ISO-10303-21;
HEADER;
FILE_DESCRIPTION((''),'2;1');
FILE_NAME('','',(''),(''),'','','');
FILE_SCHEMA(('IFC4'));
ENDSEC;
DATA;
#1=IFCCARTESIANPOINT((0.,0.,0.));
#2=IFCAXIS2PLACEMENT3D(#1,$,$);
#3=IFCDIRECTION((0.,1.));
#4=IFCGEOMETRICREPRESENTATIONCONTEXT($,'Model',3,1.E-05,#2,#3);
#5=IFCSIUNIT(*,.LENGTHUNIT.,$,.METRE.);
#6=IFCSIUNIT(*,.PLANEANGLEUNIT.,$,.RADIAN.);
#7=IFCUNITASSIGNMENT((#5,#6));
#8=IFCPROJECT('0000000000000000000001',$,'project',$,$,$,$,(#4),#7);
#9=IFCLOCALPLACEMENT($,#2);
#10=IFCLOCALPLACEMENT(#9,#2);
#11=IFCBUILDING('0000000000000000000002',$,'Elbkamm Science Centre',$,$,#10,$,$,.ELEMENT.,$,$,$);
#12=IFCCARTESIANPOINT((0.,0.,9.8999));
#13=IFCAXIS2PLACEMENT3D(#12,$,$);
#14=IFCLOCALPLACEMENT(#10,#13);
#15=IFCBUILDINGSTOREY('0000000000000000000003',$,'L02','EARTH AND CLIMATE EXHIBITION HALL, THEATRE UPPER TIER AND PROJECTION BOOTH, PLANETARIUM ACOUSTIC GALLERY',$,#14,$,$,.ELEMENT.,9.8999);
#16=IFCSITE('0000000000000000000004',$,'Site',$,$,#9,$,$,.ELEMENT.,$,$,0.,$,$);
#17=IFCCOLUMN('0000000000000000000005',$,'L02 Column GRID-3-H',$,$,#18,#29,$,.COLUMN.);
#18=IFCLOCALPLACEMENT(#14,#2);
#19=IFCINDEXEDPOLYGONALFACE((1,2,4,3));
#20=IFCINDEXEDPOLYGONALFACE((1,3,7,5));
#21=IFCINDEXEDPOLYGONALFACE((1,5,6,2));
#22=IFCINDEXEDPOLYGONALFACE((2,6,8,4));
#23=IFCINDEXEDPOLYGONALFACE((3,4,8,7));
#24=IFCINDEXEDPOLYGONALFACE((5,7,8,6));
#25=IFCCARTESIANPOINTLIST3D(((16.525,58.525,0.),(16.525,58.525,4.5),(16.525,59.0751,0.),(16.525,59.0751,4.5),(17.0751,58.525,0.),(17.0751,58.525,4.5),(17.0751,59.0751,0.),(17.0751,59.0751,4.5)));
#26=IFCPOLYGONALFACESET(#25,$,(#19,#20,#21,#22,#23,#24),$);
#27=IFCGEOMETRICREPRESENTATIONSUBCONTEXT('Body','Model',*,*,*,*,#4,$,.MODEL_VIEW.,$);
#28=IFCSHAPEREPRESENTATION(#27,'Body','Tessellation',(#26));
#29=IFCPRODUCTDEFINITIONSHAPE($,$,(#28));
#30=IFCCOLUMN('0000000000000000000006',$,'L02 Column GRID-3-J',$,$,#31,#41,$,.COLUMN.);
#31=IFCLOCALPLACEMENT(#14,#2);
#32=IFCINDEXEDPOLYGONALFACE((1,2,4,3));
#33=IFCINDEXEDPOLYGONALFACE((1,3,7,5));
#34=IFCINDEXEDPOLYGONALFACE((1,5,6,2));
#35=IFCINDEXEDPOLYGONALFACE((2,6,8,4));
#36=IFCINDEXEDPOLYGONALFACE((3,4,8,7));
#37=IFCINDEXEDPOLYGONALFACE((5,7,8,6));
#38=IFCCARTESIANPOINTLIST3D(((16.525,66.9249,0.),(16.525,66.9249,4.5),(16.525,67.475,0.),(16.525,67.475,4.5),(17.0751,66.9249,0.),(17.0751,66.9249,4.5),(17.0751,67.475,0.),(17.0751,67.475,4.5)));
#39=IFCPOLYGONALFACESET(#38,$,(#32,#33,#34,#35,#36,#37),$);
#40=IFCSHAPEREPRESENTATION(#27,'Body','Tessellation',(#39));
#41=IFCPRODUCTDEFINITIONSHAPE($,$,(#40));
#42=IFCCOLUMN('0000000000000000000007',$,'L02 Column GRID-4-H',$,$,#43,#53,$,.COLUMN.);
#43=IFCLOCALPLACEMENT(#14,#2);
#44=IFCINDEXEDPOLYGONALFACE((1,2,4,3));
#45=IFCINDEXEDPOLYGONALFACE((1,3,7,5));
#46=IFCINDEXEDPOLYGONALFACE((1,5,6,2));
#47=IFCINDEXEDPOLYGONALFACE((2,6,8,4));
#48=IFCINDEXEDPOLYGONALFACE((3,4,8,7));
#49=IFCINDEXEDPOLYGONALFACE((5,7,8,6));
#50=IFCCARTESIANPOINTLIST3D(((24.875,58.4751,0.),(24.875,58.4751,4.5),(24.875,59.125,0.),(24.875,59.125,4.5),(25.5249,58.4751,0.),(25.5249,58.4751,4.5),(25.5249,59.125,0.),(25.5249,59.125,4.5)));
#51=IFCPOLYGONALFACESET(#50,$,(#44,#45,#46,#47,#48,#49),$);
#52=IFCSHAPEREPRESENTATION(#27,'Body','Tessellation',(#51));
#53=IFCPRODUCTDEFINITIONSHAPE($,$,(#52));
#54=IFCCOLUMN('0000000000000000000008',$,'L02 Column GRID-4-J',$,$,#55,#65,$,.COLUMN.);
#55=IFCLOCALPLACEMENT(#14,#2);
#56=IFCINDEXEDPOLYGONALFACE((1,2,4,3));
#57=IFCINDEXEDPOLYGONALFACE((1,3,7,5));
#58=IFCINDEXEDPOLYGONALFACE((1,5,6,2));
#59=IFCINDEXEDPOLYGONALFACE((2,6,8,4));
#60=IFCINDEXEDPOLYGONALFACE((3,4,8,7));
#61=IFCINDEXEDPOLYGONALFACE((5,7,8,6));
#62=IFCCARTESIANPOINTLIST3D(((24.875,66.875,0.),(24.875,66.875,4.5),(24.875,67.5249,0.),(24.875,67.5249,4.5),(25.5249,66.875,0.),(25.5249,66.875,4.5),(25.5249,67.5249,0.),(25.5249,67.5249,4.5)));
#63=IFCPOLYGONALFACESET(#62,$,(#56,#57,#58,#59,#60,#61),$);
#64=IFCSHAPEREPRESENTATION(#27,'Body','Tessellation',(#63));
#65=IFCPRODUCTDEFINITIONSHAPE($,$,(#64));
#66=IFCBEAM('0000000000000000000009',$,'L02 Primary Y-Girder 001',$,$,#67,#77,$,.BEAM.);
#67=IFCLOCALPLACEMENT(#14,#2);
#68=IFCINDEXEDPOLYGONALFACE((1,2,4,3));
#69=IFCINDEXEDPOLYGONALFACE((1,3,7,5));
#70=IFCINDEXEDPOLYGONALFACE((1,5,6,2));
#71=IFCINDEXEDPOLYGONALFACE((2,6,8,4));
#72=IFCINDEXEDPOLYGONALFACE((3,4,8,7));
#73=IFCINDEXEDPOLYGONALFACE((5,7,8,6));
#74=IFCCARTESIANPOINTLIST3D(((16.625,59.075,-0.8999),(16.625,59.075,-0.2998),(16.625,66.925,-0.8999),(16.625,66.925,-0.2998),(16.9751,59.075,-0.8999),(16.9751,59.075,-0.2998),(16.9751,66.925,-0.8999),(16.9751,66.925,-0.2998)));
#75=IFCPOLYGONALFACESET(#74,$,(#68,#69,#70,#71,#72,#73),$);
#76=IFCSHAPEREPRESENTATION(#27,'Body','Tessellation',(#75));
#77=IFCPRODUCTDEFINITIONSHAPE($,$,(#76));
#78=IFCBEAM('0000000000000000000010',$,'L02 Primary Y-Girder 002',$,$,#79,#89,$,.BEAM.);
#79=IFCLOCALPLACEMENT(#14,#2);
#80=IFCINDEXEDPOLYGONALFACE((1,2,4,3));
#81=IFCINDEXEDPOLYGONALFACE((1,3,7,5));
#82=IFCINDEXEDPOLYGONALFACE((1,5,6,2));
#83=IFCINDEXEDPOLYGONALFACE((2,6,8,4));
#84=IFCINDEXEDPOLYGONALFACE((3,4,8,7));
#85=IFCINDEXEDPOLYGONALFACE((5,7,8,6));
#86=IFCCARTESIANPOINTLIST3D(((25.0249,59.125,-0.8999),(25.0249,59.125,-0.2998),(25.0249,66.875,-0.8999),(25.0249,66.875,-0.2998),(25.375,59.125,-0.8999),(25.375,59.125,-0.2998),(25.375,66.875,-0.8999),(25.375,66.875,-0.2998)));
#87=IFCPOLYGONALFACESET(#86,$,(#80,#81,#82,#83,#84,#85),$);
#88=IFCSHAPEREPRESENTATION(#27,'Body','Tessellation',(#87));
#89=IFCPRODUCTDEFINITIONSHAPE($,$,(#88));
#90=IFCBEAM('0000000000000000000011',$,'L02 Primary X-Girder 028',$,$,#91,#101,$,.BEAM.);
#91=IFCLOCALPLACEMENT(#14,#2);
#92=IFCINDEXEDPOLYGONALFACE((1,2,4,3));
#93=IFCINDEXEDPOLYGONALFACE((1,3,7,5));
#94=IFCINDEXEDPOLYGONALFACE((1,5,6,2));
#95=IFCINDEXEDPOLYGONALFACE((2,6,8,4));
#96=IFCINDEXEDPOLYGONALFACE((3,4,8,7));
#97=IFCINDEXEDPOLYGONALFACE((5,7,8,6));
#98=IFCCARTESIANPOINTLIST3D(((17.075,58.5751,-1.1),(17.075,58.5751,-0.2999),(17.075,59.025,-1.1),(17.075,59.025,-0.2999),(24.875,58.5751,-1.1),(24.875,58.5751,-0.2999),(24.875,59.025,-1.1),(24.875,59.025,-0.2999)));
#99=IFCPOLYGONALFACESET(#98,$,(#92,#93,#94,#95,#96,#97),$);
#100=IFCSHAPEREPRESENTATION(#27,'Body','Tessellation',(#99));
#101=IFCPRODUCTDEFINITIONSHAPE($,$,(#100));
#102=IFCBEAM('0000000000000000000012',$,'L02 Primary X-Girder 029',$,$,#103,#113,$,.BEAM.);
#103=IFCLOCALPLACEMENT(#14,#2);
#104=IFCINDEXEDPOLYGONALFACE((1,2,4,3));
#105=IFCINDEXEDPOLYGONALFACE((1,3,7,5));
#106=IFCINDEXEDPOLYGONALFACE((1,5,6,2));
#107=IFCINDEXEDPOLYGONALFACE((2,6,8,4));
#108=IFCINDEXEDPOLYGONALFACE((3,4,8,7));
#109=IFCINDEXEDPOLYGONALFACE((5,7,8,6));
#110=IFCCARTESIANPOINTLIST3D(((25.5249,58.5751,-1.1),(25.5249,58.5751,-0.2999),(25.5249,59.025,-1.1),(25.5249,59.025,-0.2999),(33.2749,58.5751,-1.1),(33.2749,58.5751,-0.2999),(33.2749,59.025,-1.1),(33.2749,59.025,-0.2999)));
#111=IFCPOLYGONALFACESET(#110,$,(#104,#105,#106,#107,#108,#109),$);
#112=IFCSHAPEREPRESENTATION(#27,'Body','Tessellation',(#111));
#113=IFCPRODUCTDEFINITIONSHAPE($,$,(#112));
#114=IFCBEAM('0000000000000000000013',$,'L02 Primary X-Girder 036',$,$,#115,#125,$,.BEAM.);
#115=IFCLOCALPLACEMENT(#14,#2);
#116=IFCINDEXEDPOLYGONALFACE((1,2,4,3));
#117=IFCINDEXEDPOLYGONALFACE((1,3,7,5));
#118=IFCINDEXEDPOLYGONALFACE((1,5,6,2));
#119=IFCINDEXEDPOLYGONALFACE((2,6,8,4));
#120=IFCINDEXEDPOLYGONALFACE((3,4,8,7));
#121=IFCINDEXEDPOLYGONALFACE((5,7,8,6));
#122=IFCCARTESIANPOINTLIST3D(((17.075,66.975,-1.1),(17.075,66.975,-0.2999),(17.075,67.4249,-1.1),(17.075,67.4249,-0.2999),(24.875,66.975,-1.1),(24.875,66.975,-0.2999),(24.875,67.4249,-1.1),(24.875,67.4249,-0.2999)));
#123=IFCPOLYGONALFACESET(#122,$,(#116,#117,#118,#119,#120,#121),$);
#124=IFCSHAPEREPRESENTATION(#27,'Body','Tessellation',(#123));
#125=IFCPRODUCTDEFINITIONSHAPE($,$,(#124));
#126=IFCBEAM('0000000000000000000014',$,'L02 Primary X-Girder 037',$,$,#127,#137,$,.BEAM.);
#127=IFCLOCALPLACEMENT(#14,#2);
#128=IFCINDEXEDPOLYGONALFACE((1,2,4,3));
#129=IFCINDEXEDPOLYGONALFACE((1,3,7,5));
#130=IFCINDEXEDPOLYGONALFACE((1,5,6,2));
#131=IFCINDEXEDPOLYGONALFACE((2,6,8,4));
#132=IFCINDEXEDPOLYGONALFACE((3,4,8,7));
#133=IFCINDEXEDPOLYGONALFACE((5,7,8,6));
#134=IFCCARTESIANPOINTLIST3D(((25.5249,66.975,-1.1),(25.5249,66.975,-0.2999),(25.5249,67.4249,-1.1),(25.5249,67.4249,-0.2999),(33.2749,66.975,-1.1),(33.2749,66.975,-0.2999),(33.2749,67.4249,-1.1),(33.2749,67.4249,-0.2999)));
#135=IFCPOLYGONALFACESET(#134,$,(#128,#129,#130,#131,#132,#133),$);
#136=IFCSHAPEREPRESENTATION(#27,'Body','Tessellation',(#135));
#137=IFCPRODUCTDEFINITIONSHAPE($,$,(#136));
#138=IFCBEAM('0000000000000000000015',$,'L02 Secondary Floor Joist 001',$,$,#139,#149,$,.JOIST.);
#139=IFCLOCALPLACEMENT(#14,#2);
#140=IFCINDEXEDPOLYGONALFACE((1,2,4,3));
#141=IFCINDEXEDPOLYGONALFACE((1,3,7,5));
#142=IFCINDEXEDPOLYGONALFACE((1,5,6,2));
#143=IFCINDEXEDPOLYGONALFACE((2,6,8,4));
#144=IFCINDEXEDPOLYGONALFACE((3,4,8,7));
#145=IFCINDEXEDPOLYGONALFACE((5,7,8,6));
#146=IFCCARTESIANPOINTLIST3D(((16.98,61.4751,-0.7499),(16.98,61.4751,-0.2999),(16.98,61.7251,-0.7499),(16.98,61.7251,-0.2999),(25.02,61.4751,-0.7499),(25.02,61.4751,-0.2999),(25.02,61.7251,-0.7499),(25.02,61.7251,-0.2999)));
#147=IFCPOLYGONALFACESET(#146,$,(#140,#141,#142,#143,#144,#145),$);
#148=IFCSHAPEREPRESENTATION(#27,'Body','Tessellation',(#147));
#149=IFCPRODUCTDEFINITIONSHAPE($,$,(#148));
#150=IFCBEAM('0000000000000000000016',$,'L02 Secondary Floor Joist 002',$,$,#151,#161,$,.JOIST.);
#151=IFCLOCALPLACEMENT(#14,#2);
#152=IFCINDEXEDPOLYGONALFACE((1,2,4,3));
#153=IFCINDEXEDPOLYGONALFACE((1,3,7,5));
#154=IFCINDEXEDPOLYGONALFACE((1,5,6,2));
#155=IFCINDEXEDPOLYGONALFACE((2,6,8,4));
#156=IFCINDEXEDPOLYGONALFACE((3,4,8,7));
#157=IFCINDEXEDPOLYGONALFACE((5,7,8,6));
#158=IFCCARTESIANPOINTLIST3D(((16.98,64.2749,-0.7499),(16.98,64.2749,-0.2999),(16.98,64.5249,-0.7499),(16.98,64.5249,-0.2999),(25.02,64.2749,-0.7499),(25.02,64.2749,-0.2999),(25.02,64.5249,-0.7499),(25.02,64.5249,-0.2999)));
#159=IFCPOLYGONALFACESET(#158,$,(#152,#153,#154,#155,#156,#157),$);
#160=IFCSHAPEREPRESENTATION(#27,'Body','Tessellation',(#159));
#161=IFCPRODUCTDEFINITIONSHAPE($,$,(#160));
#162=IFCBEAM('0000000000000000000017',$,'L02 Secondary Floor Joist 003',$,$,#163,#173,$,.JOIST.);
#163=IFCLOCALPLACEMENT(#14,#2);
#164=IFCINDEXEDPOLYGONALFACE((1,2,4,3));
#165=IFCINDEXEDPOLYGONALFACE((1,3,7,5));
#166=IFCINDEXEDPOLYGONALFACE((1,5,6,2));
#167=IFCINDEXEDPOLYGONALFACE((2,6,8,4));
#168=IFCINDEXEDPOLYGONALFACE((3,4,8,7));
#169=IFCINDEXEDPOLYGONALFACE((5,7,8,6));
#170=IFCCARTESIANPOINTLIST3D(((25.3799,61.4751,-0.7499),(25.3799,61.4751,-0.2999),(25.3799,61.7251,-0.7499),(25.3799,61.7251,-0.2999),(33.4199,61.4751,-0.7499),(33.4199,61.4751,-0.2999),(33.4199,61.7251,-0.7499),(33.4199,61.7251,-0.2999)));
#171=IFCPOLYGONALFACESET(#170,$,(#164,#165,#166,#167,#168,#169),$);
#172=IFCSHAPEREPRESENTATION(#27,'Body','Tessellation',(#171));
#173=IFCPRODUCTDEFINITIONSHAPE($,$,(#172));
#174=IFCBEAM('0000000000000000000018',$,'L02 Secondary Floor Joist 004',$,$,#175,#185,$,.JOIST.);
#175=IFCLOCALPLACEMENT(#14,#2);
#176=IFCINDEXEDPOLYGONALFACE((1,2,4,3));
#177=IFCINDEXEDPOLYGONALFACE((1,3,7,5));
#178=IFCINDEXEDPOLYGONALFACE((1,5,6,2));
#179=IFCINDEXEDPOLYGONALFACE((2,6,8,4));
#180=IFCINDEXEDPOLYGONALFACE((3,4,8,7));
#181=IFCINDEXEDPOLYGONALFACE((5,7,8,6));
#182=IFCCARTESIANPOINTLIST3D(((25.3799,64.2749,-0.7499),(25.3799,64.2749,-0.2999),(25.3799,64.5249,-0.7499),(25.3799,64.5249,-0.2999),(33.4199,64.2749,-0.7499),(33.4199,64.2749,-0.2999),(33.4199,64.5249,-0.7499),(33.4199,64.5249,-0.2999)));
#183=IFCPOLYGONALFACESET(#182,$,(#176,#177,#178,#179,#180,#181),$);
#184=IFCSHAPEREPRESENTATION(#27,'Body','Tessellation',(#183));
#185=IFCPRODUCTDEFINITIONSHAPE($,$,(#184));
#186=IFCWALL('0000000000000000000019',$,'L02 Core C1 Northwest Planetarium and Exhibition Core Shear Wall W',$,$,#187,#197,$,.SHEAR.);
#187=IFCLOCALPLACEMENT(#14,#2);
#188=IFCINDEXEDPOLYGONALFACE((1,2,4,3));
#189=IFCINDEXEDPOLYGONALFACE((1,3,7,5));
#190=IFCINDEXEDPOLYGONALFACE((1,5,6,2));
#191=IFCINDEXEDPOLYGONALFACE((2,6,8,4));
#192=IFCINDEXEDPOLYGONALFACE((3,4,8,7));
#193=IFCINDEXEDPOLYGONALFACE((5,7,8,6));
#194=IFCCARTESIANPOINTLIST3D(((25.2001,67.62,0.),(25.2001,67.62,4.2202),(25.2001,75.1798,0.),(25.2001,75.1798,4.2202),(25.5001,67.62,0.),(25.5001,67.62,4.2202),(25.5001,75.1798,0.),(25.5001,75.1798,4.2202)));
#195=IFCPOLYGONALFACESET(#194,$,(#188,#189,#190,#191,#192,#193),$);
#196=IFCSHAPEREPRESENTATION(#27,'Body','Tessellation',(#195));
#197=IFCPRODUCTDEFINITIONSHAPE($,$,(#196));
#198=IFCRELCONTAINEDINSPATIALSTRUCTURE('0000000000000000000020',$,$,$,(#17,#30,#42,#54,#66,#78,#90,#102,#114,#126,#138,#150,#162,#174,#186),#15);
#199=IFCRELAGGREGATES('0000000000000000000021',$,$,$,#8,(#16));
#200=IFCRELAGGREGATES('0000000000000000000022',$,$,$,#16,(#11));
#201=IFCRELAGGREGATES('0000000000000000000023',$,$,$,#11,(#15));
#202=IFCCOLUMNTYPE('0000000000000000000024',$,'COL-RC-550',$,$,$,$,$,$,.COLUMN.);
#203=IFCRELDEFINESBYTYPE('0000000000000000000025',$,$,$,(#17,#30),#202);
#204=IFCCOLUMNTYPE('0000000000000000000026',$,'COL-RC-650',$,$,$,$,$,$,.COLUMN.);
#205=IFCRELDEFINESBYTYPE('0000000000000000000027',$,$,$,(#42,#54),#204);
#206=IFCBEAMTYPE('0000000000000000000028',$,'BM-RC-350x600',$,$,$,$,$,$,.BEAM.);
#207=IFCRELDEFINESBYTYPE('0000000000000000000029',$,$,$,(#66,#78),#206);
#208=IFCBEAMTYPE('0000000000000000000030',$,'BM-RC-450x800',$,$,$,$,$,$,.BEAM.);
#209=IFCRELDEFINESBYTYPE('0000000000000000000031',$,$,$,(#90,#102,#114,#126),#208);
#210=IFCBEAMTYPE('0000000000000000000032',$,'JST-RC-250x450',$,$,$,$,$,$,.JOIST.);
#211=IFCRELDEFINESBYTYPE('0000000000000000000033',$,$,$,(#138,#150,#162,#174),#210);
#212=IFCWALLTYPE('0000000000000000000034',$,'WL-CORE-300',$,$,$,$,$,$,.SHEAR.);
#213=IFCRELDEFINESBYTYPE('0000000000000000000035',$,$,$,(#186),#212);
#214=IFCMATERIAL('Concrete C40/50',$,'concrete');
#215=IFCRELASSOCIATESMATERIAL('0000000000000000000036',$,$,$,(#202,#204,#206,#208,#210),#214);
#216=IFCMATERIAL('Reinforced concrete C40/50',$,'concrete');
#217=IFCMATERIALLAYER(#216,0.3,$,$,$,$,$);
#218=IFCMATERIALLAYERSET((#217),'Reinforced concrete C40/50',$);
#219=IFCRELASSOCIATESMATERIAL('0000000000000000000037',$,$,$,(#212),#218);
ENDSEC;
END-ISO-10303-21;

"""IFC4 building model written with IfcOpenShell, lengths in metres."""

from ifc_helpers import new_model, si_unit, direction, frame, frame_2d, origin, origin_2d, place, context, subcontext, project, spatial, rectangle, extrude, material, layer, layer_set, material_profile, profile_set, type_object, element, save


model = new_model("IFC4")

# Units and contexts
model_context = context("Model", 3, precision=1e-05, world=origin(), true_north=direction((0.0, 1.0)))
body_context = subcontext(model_context, "Body", "Model", "MODEL_VIEW")
ifc_project = project(units=[si_unit("LENGTHUNIT", "METRE"), si_unit("PLANEANGLEUNIT", "RADIAN")], contexts=[model_context])

# Site, building, storey
site_placement = place(None, origin())
site = spatial("IfcSite", under=ifc_project, at=site_placement, Name="Site", CompositionType="ELEMENT", RefElevation=0.0)
building_placement = place(site_placement, origin())
building = spatial("IfcBuilding", under=site, at=building_placement, Name="Elbkamm Science Centre", CompositionType="ELEMENT")
storey_placement = place(building_placement, frame((0.0, 0.0, 9.8999)))
storey = spatial("IfcBuildingStorey", under=building, at=storey_placement, Name="L02", Description="EARTH AND CLIMATE EXHIBITION HALL, THEATRE UPPER TIER AND PROJECTION BOOTH, PLANETARIUM ACOUSTIC GALLERY", CompositionType="ELEMENT", Elevation=9.8999)

# Columns
ifc_material_1 = material(Name="Concrete C40/50", Category="concrete")
ifc_material_profile_1 = material_profile(ifc_material_1, rectangle(XDim=0.55, YDim=0.55, at=origin_2d()), Name="RC 550x550")
ifc_profile_set_1 = profile_set([ifc_material_profile_1], Name="Concrete C40/50")
column_type_1 = type_object("IfcColumnType", Name="COL-RC-550", PredefinedType="COLUMN", material=ifc_profile_set_1)
for number, where, z_axis, x_axis, name in (
    (1, (16.8, 58.8, 0.0), (0.0, 0.0, 1.0), (1.0, 0.0, 0.0), "L02 Column GRID-3-H"),
    (2, (16.8, 67.2, 0.0), (0.0, 0.0, 1.0), (1.0, 0.0, 0.0), "L02 Column GRID-3-J"),
):
    element("IfcColumn", number, at=place(storey_placement, frame(where, z_axis=z_axis, x_axis=x_axis)), inside=storey, type_object=column_type_1, Name=name, PredefinedType="COLUMN", context=body_context, shape_type="SweptSolid", body=[
        extrude(rectangle(XDim=0.55, YDim=0.55, at=origin_2d()), origin(), (0.0, 0.0, 1.0), 4.5),
    ])
ifc_material_profile_2 = material_profile(ifc_material_1, rectangle(XDim=0.6499, YDim=0.6499, at=origin_2d()), Name="RC 650x650")
ifc_profile_set_2 = profile_set([ifc_material_profile_2], Name="Concrete C40/50")
column_type_2 = type_object("IfcColumnType", Name="COL-RC-650", PredefinedType="COLUMN", material=ifc_profile_set_2)
for number, where, z_axis, x_axis, name in (
    (3, (25.2, 58.8, 0.0), (0.0, 0.0, 1.0), (1.0, 0.0, 0.0), "L02 Column GRID-4-H"),
    (4, (25.2, 67.2, 0.0), (0.0, 0.0, 1.0), (1.0, 0.0, 0.0), "L02 Column GRID-4-J"),
):
    element("IfcColumn", number, at=place(storey_placement, frame(where, z_axis=z_axis, x_axis=x_axis)), inside=storey, type_object=column_type_2, Name=name, PredefinedType="COLUMN", context=body_context, shape_type="SweptSolid", body=[
        extrude(rectangle(XDim=0.6499, YDim=0.6499, at=origin_2d()), origin(), (0.0, 0.0, 1.0), 4.5),
    ])

# Beams
ifc_material_profile_3 = material_profile(ifc_material_1, rectangle(XDim=0.3501, YDim=0.6001, at=origin_2d()), Name="RC 350x600")
ifc_profile_set_3 = profile_set([ifc_material_profile_3], Name="Concrete C40/50")
beam_type_1 = type_object("IfcBeamType", Name="BM-RC-350x600", PredefinedType="BEAM", material=ifc_profile_set_3)
beam_1_placement = place(storey_placement, frame((16.8, 59.075, -0.5999), z_axis=(0.0, 1.0, 0.0), x_axis=(-1.0, 0.0, 0.0)))
element("IfcBeam", 5, at=beam_1_placement, inside=storey, type_object=beam_type_1, Name="L02 Primary Y-Girder 001", PredefinedType="BEAM", context=body_context, shape_type="SweptSolid", body=[
    extrude(rectangle(XDim=0.3501, YDim=0.6001, at=origin_2d()), origin(), (0.0, 0.0, 1.0), 7.8501),
])
beam_2_placement = place(storey_placement, frame((25.2, 59.125, -0.5999), z_axis=(0.0, 1.0, 0.0), x_axis=(-1.0, 0.0, 0.0)))
element("IfcBeam", 6, at=beam_2_placement, inside=storey, type_object=beam_type_1, Name="L02 Primary Y-Girder 002", PredefinedType="BEAM", context=body_context, shape_type="SweptSolid", body=[
    extrude(rectangle(XDim=0.3501, YDim=0.6001, at=origin_2d()), origin(), (0.0, 0.0, 1.0), 7.75),
])
ifc_material_profile_4 = material_profile(ifc_material_1, rectangle(XDim=0.45, YDim=0.8, at=origin_2d()), Name="RC 450x800")
ifc_profile_set_4 = profile_set([ifc_material_profile_4], Name="Concrete C40/50")
beam_type_2 = type_object("IfcBeamType", Name="BM-RC-450x800", PredefinedType="BEAM", material=ifc_profile_set_4)
beam_3_placement = place(storey_placement, frame((17.075, 58.8, -0.7), z_axis=(1.0, 0.0, 0.0), x_axis=(0.0, 1.0, 0.0)))
element("IfcBeam", 7, at=beam_3_placement, inside=storey, type_object=beam_type_2, Name="L02 Primary X-Girder 028", PredefinedType="BEAM", context=body_context, shape_type="SweptSolid", body=[
    extrude(rectangle(XDim=0.45, YDim=0.8, at=origin_2d()), origin(), (0.0, 0.0, 1.0), 7.8),
])
beam_4_placement = place(storey_placement, frame((25.5249, 58.8, -0.7), z_axis=(1.0, 0.0, 0.0), x_axis=(0.0, 1.0, 0.0)))
element("IfcBeam", 8, at=beam_4_placement, inside=storey, type_object=beam_type_2, Name="L02 Primary X-Girder 029", PredefinedType="BEAM", context=body_context, shape_type="SweptSolid", body=[
    extrude(rectangle(XDim=0.45, YDim=0.8, at=origin_2d()), origin(), (0.0, 0.0, 1.0), 7.75),
])
beam_5_placement = place(storey_placement, frame((17.075, 67.2, -0.7), z_axis=(1.0, 0.0, 0.0), x_axis=(0.0, 1.0, 0.0)))
element("IfcBeam", 9, at=beam_5_placement, inside=storey, type_object=beam_type_2, Name="L02 Primary X-Girder 036", PredefinedType="BEAM", context=body_context, shape_type="SweptSolid", body=[
    extrude(rectangle(XDim=0.45, YDim=0.8, at=origin_2d()), origin(), (0.0, 0.0, 1.0), 7.8),
])
beam_6_placement = place(storey_placement, frame((25.5249, 67.2, -0.7), z_axis=(1.0, 0.0, 0.0), x_axis=(0.0, 1.0, 0.0)))
element("IfcBeam", 10, at=beam_6_placement, inside=storey, type_object=beam_type_2, Name="L02 Primary X-Girder 037", PredefinedType="BEAM", context=body_context, shape_type="SweptSolid", body=[
    extrude(rectangle(XDim=0.45, YDim=0.8, at=origin_2d()), origin(), (0.0, 0.0, 1.0), 7.75),
])
ifc_material_profile_5 = material_profile(ifc_material_1, rectangle(XDim=0.25, YDim=0.45, at=origin_2d()), Name="RC 250x450")
ifc_profile_set_5 = profile_set([ifc_material_profile_5], Name="Concrete C40/50")
beam_type_3 = type_object("IfcBeamType", Name="JST-RC-250x450", PredefinedType="JOIST", material=ifc_profile_set_5)
for number, where, z_axis, x_axis, name in (
    (11, (16.98, 61.6001, -0.5249), (1.0, 0.0, 0.0), (0.0, 1.0, 0.0), "L02 Secondary Floor Joist 001"),
    (12, (16.98, 64.3999, -0.5249), (1.0, 0.0, 0.0), (0.0, 1.0, 0.0), "L02 Secondary Floor Joist 002"),
    (13, (25.3799, 61.6001, -0.5249), (1.0, 0.0, 0.0), (0.0, 1.0, 0.0), "L02 Secondary Floor Joist 003"),
    (14, (25.3799, 64.3999, -0.5249), (1.0, 0.0, 0.0), (0.0, 1.0, 0.0), "L02 Secondary Floor Joist 004"),
):
    element("IfcBeam", number, at=place(storey_placement, frame(where, z_axis=z_axis, x_axis=x_axis)), inside=storey, type_object=beam_type_3, Name=name, PredefinedType="JOIST", context=body_context, shape_type="SweptSolid", body=[
        extrude(rectangle(XDim=0.25, YDim=0.45, at=origin_2d()), origin(), (0.0, 0.0, 1.0), 8.04),
    ])

# Wall
ifc_material_2 = material(Name="Reinforced concrete C40/50", Category="concrete")
ifc_layer_1 = layer(ifc_material_2, 0.3)
ifc_layer_set_1 = layer_set([ifc_layer_1], Name="Reinforced concrete C40/50")
wall_type_1 = type_object("IfcWallType", Name="WL-CORE-300", PredefinedType="SHEAR", material=ifc_layer_set_1)
wall_1_placement = place(storey_placement, frame((25.3501, 67.6201, 0.0), z_axis=(0.0, 0.0, 1.0), x_axis=(0.0, 1.0, 0.0)))
element("IfcWall", 15, at=wall_1_placement, inside=storey, type_object=wall_type_1, Name="L02 Core C1 Northwest Planetarium and Exhibition Core Shear Wall W", PredefinedType="SHEAR", context=body_context, shape_type="SweptSolid", body=[
    extrude(rectangle(XDim=7.5598, YDim=0.3, at=frame_2d((3.7798, 0.0))), origin(), (0.0, 0.0, 1.0), 4.2202),
])

save(model, "model.ifc")
